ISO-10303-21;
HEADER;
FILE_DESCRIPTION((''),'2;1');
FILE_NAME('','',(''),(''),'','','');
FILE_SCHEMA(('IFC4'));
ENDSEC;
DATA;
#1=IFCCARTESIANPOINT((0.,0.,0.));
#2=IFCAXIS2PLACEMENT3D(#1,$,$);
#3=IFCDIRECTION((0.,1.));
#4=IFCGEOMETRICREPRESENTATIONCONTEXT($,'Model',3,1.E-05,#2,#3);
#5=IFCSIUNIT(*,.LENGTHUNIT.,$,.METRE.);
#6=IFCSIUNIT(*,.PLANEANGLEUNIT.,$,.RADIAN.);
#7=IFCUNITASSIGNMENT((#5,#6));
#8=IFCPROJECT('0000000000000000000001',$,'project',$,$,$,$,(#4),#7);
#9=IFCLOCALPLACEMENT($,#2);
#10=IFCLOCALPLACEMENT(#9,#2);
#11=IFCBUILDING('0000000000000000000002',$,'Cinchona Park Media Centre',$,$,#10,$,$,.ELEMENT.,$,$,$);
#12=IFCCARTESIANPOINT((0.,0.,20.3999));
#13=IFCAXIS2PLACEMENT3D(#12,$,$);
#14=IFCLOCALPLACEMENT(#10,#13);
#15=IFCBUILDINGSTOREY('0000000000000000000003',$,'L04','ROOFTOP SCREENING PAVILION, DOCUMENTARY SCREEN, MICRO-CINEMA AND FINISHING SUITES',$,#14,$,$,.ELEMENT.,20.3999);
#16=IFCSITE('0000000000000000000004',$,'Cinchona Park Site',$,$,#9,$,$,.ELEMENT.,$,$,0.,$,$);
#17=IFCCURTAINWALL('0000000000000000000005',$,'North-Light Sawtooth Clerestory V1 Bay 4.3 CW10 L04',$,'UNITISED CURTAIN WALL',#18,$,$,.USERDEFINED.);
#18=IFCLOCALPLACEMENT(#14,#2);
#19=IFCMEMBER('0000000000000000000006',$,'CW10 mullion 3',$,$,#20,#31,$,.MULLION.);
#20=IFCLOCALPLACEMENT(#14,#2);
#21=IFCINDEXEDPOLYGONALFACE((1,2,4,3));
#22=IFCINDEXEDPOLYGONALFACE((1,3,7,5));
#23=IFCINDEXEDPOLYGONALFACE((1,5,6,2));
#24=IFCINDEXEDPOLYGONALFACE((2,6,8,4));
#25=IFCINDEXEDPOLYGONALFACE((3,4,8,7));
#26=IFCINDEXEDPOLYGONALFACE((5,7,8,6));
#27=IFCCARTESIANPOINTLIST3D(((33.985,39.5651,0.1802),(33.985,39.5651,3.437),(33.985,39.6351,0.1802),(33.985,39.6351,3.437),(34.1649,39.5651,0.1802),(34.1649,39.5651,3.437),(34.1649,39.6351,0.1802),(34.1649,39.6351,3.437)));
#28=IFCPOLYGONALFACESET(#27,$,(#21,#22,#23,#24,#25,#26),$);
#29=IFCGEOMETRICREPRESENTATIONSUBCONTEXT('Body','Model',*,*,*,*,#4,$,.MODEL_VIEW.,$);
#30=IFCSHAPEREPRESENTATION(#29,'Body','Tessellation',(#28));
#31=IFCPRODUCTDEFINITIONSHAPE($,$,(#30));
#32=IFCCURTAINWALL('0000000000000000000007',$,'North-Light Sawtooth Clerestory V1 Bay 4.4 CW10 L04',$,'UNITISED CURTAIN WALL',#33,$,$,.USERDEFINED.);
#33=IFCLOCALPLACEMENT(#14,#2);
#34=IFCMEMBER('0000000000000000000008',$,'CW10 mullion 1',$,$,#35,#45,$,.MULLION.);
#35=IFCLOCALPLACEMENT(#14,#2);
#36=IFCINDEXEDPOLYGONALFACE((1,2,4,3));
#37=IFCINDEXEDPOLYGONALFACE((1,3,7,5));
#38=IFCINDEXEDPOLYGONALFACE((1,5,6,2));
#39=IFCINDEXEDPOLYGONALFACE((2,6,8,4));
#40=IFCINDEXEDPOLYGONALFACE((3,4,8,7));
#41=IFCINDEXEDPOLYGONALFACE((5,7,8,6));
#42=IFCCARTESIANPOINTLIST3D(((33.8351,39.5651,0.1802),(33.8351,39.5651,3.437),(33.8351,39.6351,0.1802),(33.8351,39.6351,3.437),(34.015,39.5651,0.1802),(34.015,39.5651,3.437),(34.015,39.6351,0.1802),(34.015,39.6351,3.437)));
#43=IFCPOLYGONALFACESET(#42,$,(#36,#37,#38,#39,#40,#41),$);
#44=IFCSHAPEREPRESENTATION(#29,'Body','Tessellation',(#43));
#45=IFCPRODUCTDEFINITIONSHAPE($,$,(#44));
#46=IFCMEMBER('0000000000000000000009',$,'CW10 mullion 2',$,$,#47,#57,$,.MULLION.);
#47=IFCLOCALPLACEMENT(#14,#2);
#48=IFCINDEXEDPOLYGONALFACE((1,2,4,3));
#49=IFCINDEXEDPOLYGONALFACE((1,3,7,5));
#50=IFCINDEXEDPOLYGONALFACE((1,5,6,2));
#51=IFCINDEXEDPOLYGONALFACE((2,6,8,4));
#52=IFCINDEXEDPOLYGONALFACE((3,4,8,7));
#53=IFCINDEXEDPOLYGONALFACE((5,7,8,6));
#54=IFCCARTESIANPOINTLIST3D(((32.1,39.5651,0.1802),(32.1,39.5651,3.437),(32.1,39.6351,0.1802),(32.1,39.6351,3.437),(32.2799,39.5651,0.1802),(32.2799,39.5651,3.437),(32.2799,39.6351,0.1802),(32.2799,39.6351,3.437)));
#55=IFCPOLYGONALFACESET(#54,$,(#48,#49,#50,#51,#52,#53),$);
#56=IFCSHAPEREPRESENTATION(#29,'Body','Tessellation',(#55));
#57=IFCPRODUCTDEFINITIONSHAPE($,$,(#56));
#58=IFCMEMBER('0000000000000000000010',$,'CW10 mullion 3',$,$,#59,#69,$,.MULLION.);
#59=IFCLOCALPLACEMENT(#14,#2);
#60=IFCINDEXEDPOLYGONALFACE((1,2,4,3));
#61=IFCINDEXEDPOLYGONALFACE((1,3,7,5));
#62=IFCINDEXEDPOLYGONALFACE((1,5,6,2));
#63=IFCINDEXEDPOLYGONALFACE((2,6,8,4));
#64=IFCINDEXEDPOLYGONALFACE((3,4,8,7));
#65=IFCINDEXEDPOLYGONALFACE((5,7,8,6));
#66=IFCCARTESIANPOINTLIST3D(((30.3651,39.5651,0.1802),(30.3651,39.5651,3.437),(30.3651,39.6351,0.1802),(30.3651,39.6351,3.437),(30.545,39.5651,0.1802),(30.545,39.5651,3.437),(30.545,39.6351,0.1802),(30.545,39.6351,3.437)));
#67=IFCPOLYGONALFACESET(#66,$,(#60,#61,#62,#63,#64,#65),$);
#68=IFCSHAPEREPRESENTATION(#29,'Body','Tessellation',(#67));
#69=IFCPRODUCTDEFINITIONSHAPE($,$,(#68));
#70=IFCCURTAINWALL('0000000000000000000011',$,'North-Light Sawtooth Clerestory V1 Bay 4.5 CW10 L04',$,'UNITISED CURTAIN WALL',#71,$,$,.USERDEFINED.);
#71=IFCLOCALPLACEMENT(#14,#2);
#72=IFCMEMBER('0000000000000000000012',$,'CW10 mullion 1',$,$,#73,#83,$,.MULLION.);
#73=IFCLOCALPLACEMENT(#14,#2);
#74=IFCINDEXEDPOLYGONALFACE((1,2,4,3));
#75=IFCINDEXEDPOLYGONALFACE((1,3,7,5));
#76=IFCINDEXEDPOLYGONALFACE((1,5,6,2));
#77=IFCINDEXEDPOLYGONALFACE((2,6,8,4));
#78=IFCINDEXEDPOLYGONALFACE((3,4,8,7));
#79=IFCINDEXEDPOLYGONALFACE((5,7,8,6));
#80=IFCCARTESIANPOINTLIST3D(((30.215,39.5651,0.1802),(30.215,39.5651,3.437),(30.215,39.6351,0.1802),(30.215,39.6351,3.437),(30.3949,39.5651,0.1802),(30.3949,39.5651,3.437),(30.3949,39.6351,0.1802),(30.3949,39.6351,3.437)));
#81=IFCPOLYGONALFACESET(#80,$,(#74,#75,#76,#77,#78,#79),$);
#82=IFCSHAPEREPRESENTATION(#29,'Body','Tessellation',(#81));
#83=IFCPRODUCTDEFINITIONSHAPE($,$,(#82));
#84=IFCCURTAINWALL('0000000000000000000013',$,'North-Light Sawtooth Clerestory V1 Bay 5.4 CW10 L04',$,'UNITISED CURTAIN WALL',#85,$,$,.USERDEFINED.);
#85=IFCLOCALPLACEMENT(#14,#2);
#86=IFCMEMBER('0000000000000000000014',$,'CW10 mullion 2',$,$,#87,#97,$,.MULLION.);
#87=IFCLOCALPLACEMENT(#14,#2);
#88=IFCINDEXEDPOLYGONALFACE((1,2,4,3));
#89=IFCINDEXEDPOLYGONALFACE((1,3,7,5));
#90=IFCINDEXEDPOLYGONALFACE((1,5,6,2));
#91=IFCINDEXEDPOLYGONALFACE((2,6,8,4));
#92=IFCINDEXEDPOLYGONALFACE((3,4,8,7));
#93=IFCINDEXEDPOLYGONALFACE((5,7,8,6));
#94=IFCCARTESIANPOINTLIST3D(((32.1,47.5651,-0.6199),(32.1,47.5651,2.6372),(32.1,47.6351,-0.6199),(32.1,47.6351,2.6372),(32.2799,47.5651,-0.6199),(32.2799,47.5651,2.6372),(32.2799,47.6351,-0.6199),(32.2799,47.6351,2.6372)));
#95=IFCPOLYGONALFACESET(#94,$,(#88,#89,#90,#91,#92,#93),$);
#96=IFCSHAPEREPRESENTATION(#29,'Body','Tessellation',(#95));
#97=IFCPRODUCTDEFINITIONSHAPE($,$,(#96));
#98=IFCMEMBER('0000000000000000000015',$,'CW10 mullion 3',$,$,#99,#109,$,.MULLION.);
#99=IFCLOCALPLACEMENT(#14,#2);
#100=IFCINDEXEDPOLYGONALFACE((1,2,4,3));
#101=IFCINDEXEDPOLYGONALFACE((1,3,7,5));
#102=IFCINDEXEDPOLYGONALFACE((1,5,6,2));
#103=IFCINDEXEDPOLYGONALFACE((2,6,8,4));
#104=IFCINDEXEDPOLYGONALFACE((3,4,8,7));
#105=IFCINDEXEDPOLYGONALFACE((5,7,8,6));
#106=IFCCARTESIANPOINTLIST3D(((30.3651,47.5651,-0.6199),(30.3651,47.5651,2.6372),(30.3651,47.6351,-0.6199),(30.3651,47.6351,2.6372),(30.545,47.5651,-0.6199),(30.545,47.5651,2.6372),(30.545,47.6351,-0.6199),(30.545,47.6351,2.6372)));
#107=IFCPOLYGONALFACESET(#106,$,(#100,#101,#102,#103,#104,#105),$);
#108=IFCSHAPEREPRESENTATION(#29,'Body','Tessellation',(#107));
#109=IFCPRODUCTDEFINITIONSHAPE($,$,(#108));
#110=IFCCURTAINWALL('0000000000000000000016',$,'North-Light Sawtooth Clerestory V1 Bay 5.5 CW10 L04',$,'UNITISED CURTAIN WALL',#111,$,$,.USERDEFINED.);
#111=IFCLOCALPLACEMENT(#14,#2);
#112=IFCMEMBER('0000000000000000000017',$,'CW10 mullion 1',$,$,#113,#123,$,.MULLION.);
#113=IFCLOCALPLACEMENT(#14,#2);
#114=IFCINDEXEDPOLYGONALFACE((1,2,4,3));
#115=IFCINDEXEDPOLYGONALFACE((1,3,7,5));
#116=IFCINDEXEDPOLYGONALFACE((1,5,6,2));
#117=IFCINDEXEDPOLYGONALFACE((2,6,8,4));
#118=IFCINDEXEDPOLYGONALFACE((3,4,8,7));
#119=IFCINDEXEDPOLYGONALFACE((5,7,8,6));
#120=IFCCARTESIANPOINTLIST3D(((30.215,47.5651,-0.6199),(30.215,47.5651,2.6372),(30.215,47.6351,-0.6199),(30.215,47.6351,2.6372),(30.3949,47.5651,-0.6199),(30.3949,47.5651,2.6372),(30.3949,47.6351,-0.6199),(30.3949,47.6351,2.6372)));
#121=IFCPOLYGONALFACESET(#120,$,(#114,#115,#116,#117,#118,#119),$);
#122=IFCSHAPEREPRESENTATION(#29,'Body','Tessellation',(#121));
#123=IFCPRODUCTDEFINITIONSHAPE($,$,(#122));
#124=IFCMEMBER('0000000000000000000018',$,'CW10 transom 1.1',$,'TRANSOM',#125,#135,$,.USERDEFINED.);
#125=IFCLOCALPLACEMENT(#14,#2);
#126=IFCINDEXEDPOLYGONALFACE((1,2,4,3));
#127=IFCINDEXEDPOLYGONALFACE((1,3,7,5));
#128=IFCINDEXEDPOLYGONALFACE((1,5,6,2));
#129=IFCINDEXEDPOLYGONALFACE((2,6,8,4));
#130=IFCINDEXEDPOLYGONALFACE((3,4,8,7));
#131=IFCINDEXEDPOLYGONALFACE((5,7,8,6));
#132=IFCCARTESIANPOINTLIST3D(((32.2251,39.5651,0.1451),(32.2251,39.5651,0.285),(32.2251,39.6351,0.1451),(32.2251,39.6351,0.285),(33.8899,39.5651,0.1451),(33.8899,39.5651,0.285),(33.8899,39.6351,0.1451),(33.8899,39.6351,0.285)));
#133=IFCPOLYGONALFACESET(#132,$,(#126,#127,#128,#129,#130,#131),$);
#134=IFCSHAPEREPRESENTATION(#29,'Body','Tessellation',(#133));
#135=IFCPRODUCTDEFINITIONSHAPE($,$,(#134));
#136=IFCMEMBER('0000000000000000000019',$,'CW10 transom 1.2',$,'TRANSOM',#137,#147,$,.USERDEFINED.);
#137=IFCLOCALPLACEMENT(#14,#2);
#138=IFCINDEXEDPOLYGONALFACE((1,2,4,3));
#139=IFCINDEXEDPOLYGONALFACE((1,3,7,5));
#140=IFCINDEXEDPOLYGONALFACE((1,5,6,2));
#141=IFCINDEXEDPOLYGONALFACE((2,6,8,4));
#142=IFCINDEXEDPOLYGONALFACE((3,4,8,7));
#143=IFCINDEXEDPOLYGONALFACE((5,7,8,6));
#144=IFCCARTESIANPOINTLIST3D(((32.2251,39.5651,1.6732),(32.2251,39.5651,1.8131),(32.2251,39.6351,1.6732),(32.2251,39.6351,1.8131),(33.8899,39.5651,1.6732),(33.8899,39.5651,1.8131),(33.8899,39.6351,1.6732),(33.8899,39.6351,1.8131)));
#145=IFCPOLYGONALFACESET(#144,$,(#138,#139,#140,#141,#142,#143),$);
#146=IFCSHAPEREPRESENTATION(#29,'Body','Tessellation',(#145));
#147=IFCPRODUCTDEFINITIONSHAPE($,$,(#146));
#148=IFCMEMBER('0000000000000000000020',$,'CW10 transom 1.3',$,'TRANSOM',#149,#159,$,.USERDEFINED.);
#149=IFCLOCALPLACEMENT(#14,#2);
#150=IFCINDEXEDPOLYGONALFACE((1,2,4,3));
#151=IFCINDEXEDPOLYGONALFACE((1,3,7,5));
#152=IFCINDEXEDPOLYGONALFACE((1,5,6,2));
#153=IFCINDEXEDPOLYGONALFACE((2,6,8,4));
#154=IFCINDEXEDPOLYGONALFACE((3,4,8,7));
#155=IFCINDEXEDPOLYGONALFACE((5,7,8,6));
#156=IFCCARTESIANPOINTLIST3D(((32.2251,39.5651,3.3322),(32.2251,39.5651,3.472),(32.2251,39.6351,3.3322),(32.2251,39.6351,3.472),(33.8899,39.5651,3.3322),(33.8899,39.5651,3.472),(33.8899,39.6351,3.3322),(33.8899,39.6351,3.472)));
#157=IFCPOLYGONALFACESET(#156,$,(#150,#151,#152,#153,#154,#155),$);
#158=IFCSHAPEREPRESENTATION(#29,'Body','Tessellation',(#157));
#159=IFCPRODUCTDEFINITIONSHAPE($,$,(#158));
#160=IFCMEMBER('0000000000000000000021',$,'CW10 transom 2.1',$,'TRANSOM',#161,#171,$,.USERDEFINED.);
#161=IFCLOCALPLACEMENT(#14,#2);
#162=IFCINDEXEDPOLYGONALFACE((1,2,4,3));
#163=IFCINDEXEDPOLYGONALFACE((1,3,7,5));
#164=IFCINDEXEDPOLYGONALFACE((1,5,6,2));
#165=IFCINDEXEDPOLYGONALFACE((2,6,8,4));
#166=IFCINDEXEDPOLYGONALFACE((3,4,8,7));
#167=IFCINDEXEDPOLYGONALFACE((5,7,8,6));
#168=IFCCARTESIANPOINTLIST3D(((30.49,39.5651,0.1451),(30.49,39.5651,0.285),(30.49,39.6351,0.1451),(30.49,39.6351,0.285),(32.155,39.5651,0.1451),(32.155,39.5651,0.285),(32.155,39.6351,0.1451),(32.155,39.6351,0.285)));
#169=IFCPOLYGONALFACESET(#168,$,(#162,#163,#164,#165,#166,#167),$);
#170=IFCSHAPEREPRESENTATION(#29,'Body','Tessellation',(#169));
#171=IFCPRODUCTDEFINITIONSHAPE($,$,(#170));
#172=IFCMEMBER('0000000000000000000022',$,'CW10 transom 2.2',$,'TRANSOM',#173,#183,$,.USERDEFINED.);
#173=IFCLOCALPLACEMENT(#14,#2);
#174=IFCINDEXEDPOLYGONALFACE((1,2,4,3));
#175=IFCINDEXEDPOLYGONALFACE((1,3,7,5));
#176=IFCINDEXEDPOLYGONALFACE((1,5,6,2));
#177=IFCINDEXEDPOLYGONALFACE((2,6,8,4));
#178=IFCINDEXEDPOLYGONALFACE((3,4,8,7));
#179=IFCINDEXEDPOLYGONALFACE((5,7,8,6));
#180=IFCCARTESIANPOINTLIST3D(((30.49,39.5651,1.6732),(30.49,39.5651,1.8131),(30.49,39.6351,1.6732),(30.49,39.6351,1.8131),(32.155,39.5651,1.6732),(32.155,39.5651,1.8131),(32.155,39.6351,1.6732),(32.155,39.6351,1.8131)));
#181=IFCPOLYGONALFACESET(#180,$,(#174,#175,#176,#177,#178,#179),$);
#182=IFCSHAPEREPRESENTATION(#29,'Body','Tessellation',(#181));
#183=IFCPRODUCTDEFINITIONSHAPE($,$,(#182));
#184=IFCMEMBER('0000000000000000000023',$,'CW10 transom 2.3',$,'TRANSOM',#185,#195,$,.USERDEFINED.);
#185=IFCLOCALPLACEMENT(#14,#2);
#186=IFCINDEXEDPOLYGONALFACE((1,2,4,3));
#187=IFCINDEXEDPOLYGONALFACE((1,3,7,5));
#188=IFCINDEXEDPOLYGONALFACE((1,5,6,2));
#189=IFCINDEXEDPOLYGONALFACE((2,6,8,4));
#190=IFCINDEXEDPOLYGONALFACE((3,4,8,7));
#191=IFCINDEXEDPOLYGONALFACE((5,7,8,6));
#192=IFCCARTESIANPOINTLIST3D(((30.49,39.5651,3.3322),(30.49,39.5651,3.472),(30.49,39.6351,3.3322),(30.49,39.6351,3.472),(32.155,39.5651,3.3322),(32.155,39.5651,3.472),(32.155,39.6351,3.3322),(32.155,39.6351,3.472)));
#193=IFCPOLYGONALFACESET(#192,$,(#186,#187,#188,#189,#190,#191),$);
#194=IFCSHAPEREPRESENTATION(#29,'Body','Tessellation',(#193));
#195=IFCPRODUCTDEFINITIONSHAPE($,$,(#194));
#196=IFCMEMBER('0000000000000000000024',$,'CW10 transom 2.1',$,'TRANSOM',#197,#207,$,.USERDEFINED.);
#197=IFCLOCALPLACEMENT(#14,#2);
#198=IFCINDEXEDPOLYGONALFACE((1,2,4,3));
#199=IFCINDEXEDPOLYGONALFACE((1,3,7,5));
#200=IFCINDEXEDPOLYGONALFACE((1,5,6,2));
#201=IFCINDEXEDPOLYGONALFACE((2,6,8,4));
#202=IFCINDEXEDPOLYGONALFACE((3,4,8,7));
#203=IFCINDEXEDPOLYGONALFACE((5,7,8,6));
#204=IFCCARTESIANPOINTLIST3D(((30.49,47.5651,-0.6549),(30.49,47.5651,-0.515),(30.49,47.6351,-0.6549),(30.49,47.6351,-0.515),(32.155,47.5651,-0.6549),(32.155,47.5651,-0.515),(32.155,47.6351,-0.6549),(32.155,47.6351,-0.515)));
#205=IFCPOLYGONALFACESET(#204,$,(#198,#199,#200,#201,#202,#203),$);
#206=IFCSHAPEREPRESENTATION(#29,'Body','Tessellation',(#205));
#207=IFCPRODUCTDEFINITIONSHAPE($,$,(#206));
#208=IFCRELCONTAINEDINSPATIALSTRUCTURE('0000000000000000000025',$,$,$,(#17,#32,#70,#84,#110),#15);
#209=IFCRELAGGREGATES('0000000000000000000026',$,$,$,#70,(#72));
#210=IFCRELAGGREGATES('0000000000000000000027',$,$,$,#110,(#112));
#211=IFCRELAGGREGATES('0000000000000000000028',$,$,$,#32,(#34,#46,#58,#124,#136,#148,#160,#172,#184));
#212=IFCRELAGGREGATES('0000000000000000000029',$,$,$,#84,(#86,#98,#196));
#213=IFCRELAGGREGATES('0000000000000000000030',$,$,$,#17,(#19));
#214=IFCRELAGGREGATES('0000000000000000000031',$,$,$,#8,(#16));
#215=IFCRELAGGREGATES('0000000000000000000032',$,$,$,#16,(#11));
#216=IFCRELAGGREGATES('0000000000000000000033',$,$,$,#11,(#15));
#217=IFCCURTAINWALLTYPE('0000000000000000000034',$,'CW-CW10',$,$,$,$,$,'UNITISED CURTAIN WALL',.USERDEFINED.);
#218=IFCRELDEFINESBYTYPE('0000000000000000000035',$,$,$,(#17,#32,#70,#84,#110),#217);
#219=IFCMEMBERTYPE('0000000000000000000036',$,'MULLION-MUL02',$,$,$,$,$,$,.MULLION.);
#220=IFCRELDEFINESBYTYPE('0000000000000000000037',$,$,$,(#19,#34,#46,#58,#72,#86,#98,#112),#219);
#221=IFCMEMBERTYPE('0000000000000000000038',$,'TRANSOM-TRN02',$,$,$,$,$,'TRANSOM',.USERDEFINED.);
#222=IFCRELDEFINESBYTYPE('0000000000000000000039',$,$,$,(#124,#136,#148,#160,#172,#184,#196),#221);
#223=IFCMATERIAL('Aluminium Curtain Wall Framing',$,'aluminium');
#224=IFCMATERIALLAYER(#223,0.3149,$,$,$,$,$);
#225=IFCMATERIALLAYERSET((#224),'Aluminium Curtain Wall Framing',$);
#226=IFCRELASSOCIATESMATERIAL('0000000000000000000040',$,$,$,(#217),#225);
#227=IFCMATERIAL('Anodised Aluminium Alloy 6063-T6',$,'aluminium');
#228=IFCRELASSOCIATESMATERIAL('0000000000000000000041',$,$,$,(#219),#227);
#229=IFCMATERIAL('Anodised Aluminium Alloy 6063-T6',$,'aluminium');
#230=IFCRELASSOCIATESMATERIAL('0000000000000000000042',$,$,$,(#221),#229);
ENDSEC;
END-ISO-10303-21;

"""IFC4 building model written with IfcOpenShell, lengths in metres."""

from ifc_helpers import new_model, si_unit, direction, frame, origin, origin_2d, place, context, subcontext, project, spatial, rectangle, extrude, material, layer, layer_set, material_profile, profile_set, type_object, element, aggregate, save


model = new_model("IFC4")

# Units and contexts
model_context = context("Model", 3, precision=1e-05, world=origin(), true_north=direction((0.0, 1.0)))
body_context = subcontext(model_context, "Body", "Model", "MODEL_VIEW")
ifc_project = project(units=[si_unit("LENGTHUNIT", "METRE"), si_unit("PLANEANGLEUNIT", "RADIAN")], contexts=[model_context])

# Site, building, storey
site_placement = place(None, origin())
site = spatial("IfcSite", under=ifc_project, at=site_placement, Name="Cinchona Park Site", CompositionType="ELEMENT", RefElevation=0.0)
building_placement = place(site_placement, origin())
building = spatial("IfcBuilding", under=site, at=building_placement, Name="Cinchona Park Media Centre", CompositionType="ELEMENT")
storey_placement = place(building_placement, frame((0.0, 0.0, 20.3999)))
storey = spatial("IfcBuildingStorey", under=building, at=storey_placement, Name="L04", Description="ROOFTOP SCREENING PAVILION, DOCUMENTARY SCREEN, MICRO-CINEMA AND FINISHING SUITES", CompositionType="ELEMENT", Elevation=20.3999)

# Curtain wall, member
ifc_material_1 = material(Name="Aluminium Curtain Wall Framing", Category="aluminium")
ifc_layer_1 = layer(ifc_material_1, 0.3149)
ifc_layer_set_1 = layer_set([ifc_layer_1], Name="Aluminium Curtain Wall Framing")
curtain_wall_type = type_object("IfcCurtainWallType", Name="CW-CW10", ElementType="UNITISED CURTAIN WALL", PredefinedType="USERDEFINED", material=ifc_layer_set_1)
curtain_wall_1_placement = place(storey_placement, origin())
curtain_wall_1 = element("IfcCurtainWall", 1, at=curtain_wall_1_placement, inside=storey, type_object=curtain_wall_type, Name="North-Light Sawtooth Clerestory V1 Bay 4.3 CW10 L04", ObjectType="UNITISED CURTAIN WALL", PredefinedType="USERDEFINED")
ifc_material_2 = material(Name="Anodised Aluminium Alloy 6063-T6", Category="aluminium")
ifc_material_profile_1 = material_profile(ifc_material_2, rectangle(XDim=0.0701, YDim=0.1799, at=origin_2d()), Name="MUL-70X180")
ifc_profile_set_1 = profile_set([ifc_material_profile_1], Name="Anodised Aluminium Alloy 6063-T6")
member_type_1 = type_object("IfcMemberType", Name="MULLION-MUL02", PredefinedType="MULLION", material=ifc_profile_set_1)
member_1_placement = place(storey_placement, frame((34.075, 39.6001, 0.1802), z_axis=(0.0, 0.0, 1.0), x_axis=(0.0, -1.0, 0.0)))
member_1 = element("IfcMember", 2, at=member_1_placement, type_object=member_type_1, Name="CW10 mullion 3", PredefinedType="MULLION", context=body_context, shape_type="SweptSolid", body=[
    extrude(rectangle(XDim=0.0701, YDim=0.1799, at=origin_2d()), origin(), (0.0, 0.0, 1.0), 3.2568),
])

# Curtain wall, members
curtain_wall_2_placement = place(storey_placement, origin())
curtain_wall_2 = element("IfcCurtainWall", 3, at=curtain_wall_2_placement, inside=storey, type_object=curtain_wall_type, Name="North-Light Sawtooth Clerestory V1 Bay 4.4 CW10 L04", ObjectType="UNITISED CURTAIN WALL", PredefinedType="USERDEFINED")
member_2_placement = place(storey_placement, frame((33.925, 39.6001, 0.1802), z_axis=(0.0, 0.0, 1.0), x_axis=(0.0, -1.0, 0.0)))
member_2 = element("IfcMember", 4, at=member_2_placement, type_object=member_type_1, Name="CW10 mullion 1", PredefinedType="MULLION", context=body_context, shape_type="SweptSolid", body=[
    extrude(rectangle(XDim=0.0701, YDim=0.1799, at=origin_2d()), origin(), (0.0, 0.0, 1.0), 3.2568),
])
member_3_placement = place(storey_placement, frame((32.1899, 39.6001, 0.1802), z_axis=(0.0, 0.0, 1.0), x_axis=(0.0, -1.0, 0.0)))
member_3 = element("IfcMember", 5, at=member_3_placement, type_object=member_type_1, Name="CW10 mullion 2", PredefinedType="MULLION", context=body_context, shape_type="SweptSolid", body=[
    extrude(rectangle(XDim=0.0701, YDim=0.1799, at=origin_2d()), origin(), (0.0, 0.0, 1.0), 3.2568),
])
member_4_placement = place(storey_placement, frame((30.4551, 39.6001, 0.1802), z_axis=(0.0, 0.0, 1.0), x_axis=(0.0, -1.0, 0.0)))
member_4 = element("IfcMember", 6, at=member_4_placement, type_object=member_type_1, Name="CW10 mullion 3", PredefinedType="MULLION", context=body_context, shape_type="SweptSolid", body=[
    extrude(rectangle(XDim=0.0701, YDim=0.1799, at=origin_2d()), origin(), (0.0, 0.0, 1.0), 3.2568),
])

# Curtain wall, member
curtain_wall_3_placement = place(storey_placement, origin())
curtain_wall_3 = element("IfcCurtainWall", 7, at=curtain_wall_3_placement, inside=storey, type_object=curtain_wall_type, Name="North-Light Sawtooth Clerestory V1 Bay 4.5 CW10 L04", ObjectType="UNITISED CURTAIN WALL", PredefinedType="USERDEFINED")
member_5_placement = place(storey_placement, frame((30.3049, 39.6001, 0.1802), z_axis=(0.0, 0.0, 1.0), x_axis=(0.0, -1.0, 0.0)))
member_5 = element("IfcMember", 8, at=member_5_placement, type_object=member_type_1, Name="CW10 mullion 1", PredefinedType="MULLION", context=body_context, shape_type="SweptSolid", body=[
    extrude(rectangle(XDim=0.0701, YDim=0.1799, at=origin_2d()), origin(), (0.0, 0.0, 1.0), 3.2568),
])
aggregate(curtain_wall_3, [member_5])

# Curtain wall, members
curtain_wall_4_placement = place(storey_placement, origin())
curtain_wall_4 = element("IfcCurtainWall", 9, at=curtain_wall_4_placement, inside=storey, type_object=curtain_wall_type, Name="North-Light Sawtooth Clerestory V1 Bay 5.4 CW10 L04", ObjectType="UNITISED CURTAIN WALL", PredefinedType="USERDEFINED")
member_6_placement = place(storey_placement, frame((32.1899, 47.6001, -0.6199), z_axis=(0.0, 0.0, 1.0), x_axis=(0.0, -1.0, 0.0)))
member_6 = element("IfcMember", 10, at=member_6_placement, type_object=member_type_1, Name="CW10 mullion 2", PredefinedType="MULLION", context=body_context, shape_type="SweptSolid", body=[
    extrude(rectangle(XDim=0.0701, YDim=0.1799, at=origin_2d()), origin(), (0.0, 0.0, 1.0), 3.2571),
])
member_7_placement = place(storey_placement, frame((30.4551, 47.6001, -0.6199), z_axis=(0.0, 0.0, 1.0), x_axis=(0.0, -1.0, 0.0)))
member_7 = element("IfcMember", 11, at=member_7_placement, type_object=member_type_1, Name="CW10 mullion 3", PredefinedType="MULLION", context=body_context, shape_type="SweptSolid", body=[
    extrude(rectangle(XDim=0.0701, YDim=0.1799, at=origin_2d()), origin(), (0.0, 0.0, 1.0), 3.2571),
])

# Curtain wall, member
curtain_wall_5_placement = place(storey_placement, origin())
curtain_wall_5 = element("IfcCurtainWall", 12, at=curtain_wall_5_placement, inside=storey, type_object=curtain_wall_type, Name="North-Light Sawtooth Clerestory V1 Bay 5.5 CW10 L04", ObjectType="UNITISED CURTAIN WALL", PredefinedType="USERDEFINED")
member_8_placement = place(storey_placement, frame((30.3049, 47.6001, -0.6199), z_axis=(0.0, 0.0, 1.0), x_axis=(0.0, -1.0, 0.0)))
member_8 = element("IfcMember", 13, at=member_8_placement, type_object=member_type_1, Name="CW10 mullion 1", PredefinedType="MULLION", context=body_context, shape_type="SweptSolid", body=[
    extrude(rectangle(XDim=0.0701, YDim=0.1799, at=origin_2d()), origin(), (0.0, 0.0, 1.0), 3.2571),
])

# Members
ifc_material_3 = material(Name="Anodised Aluminium Alloy 6063-T6", Category="aluminium")
ifc_material_profile_2 = material_profile(ifc_material_3, rectangle(XDim=0.0701, YDim=0.1399, at=origin_2d()), Name="TRN-70X140")
ifc_profile_set_2 = profile_set([ifc_material_profile_2], Name="Anodised Aluminium Alloy 6063-T6")
member_type_2 = type_object("IfcMemberType", Name="TRANSOM-TRN02", ElementType="TRANSOM", PredefinedType="USERDEFINED", material=ifc_profile_set_2)
member_9_placement = place(storey_placement, frame((33.8899, 39.6001, 0.2151), z_axis=(-1.0, 0.0, 0.0), x_axis=(0.0, -1.0, 0.0)))
member_9 = element("IfcMember", 14, at=member_9_placement, type_object=member_type_2, Name="CW10 transom 1.1", ObjectType="TRANSOM", PredefinedType="USERDEFINED", context=body_context, shape_type="SweptSolid", body=[
    extrude(rectangle(XDim=0.0701, YDim=0.1399, at=origin_2d()), origin(), (0.0, 0.0, 1.0), 1.6648),
])
member_10_placement = place(storey_placement, frame((33.8899, 39.6001, 1.7432), z_axis=(-1.0, 0.0, 0.0), x_axis=(0.0, -1.0, 0.0)))
member_10 = element("IfcMember", 15, at=member_10_placement, type_object=member_type_2, Name="CW10 transom 1.2", ObjectType="TRANSOM", PredefinedType="USERDEFINED", context=body_context, shape_type="SweptSolid", body=[
    extrude(rectangle(XDim=0.0701, YDim=0.1399, at=origin_2d()), origin(), (0.0, 0.0, 1.0), 1.6648),
])
member_11_placement = place(storey_placement, frame((33.8899, 39.6001, 3.4021), z_axis=(-1.0, 0.0, 0.0), x_axis=(0.0, -1.0, 0.0)))
member_11 = element("IfcMember", 16, at=member_11_placement, type_object=member_type_2, Name="CW10 transom 1.3", ObjectType="TRANSOM", PredefinedType="USERDEFINED", context=body_context, shape_type="SweptSolid", body=[
    extrude(rectangle(XDim=0.0701, YDim=0.1399, at=origin_2d()), origin(), (0.0, 0.0, 1.0), 1.6648),
])
member_12_placement = place(storey_placement, frame((32.155, 39.6001, 0.2151), z_axis=(-1.0, 0.0, 0.0), x_axis=(0.0, -1.0, 0.0)))
member_12 = element("IfcMember", 17, at=member_12_placement, type_object=member_type_2, Name="CW10 transom 2.1", ObjectType="TRANSOM", PredefinedType="USERDEFINED", context=body_context, shape_type="SweptSolid", body=[
    extrude(rectangle(XDim=0.0701, YDim=0.1399, at=origin_2d()), origin(), (0.0, 0.0, 1.0), 1.665),
])
member_13_placement = place(storey_placement, frame((32.155, 39.6001, 1.7432), z_axis=(-1.0, 0.0, 0.0), x_axis=(0.0, -1.0, 0.0)))
member_13 = element("IfcMember", 18, at=member_13_placement, type_object=member_type_2, Name="CW10 transom 2.2", ObjectType="TRANSOM", PredefinedType="USERDEFINED", context=body_context, shape_type="SweptSolid", body=[
    extrude(rectangle(XDim=0.0701, YDim=0.1399, at=origin_2d()), origin(), (0.0, 0.0, 1.0), 1.665),
])
member_14_placement = place(storey_placement, frame((32.155, 39.6001, 3.4021), z_axis=(-1.0, 0.0, 0.0), x_axis=(0.0, -1.0, 0.0)))
member_14 = element("IfcMember", 19, at=member_14_placement, type_object=member_type_2, Name="CW10 transom 2.3", ObjectType="TRANSOM", PredefinedType="USERDEFINED", context=body_context, shape_type="SweptSolid", body=[
    extrude(rectangle(XDim=0.0701, YDim=0.1399, at=origin_2d()), origin(), (0.0, 0.0, 1.0), 1.665),
])
member_15_placement = place(storey_placement, frame((32.155, 47.6001, -0.585), z_axis=(-1.0, 0.0, 0.0), x_axis=(0.0, -1.0, 0.0)))
member_15 = element("IfcMember", 20, at=member_15_placement, type_object=member_type_2, Name="CW10 transom 2.1", ObjectType="TRANSOM", PredefinedType="USERDEFINED", context=body_context, shape_type="SweptSolid", body=[
    extrude(rectangle(XDim=0.0701, YDim=0.1399, at=origin_2d()), origin(), (0.0, 0.0, 1.0), 1.665),
])
aggregate(curtain_wall_5, [member_8])

aggregate(curtain_wall_2, [member_2, member_3, member_4, member_9, member_10, member_11, member_12, member_13, member_14])
aggregate(curtain_wall_4, [member_6, member_7, member_15])
aggregate(curtain_wall_1, [member_1])

save(model, "model.ifc")
